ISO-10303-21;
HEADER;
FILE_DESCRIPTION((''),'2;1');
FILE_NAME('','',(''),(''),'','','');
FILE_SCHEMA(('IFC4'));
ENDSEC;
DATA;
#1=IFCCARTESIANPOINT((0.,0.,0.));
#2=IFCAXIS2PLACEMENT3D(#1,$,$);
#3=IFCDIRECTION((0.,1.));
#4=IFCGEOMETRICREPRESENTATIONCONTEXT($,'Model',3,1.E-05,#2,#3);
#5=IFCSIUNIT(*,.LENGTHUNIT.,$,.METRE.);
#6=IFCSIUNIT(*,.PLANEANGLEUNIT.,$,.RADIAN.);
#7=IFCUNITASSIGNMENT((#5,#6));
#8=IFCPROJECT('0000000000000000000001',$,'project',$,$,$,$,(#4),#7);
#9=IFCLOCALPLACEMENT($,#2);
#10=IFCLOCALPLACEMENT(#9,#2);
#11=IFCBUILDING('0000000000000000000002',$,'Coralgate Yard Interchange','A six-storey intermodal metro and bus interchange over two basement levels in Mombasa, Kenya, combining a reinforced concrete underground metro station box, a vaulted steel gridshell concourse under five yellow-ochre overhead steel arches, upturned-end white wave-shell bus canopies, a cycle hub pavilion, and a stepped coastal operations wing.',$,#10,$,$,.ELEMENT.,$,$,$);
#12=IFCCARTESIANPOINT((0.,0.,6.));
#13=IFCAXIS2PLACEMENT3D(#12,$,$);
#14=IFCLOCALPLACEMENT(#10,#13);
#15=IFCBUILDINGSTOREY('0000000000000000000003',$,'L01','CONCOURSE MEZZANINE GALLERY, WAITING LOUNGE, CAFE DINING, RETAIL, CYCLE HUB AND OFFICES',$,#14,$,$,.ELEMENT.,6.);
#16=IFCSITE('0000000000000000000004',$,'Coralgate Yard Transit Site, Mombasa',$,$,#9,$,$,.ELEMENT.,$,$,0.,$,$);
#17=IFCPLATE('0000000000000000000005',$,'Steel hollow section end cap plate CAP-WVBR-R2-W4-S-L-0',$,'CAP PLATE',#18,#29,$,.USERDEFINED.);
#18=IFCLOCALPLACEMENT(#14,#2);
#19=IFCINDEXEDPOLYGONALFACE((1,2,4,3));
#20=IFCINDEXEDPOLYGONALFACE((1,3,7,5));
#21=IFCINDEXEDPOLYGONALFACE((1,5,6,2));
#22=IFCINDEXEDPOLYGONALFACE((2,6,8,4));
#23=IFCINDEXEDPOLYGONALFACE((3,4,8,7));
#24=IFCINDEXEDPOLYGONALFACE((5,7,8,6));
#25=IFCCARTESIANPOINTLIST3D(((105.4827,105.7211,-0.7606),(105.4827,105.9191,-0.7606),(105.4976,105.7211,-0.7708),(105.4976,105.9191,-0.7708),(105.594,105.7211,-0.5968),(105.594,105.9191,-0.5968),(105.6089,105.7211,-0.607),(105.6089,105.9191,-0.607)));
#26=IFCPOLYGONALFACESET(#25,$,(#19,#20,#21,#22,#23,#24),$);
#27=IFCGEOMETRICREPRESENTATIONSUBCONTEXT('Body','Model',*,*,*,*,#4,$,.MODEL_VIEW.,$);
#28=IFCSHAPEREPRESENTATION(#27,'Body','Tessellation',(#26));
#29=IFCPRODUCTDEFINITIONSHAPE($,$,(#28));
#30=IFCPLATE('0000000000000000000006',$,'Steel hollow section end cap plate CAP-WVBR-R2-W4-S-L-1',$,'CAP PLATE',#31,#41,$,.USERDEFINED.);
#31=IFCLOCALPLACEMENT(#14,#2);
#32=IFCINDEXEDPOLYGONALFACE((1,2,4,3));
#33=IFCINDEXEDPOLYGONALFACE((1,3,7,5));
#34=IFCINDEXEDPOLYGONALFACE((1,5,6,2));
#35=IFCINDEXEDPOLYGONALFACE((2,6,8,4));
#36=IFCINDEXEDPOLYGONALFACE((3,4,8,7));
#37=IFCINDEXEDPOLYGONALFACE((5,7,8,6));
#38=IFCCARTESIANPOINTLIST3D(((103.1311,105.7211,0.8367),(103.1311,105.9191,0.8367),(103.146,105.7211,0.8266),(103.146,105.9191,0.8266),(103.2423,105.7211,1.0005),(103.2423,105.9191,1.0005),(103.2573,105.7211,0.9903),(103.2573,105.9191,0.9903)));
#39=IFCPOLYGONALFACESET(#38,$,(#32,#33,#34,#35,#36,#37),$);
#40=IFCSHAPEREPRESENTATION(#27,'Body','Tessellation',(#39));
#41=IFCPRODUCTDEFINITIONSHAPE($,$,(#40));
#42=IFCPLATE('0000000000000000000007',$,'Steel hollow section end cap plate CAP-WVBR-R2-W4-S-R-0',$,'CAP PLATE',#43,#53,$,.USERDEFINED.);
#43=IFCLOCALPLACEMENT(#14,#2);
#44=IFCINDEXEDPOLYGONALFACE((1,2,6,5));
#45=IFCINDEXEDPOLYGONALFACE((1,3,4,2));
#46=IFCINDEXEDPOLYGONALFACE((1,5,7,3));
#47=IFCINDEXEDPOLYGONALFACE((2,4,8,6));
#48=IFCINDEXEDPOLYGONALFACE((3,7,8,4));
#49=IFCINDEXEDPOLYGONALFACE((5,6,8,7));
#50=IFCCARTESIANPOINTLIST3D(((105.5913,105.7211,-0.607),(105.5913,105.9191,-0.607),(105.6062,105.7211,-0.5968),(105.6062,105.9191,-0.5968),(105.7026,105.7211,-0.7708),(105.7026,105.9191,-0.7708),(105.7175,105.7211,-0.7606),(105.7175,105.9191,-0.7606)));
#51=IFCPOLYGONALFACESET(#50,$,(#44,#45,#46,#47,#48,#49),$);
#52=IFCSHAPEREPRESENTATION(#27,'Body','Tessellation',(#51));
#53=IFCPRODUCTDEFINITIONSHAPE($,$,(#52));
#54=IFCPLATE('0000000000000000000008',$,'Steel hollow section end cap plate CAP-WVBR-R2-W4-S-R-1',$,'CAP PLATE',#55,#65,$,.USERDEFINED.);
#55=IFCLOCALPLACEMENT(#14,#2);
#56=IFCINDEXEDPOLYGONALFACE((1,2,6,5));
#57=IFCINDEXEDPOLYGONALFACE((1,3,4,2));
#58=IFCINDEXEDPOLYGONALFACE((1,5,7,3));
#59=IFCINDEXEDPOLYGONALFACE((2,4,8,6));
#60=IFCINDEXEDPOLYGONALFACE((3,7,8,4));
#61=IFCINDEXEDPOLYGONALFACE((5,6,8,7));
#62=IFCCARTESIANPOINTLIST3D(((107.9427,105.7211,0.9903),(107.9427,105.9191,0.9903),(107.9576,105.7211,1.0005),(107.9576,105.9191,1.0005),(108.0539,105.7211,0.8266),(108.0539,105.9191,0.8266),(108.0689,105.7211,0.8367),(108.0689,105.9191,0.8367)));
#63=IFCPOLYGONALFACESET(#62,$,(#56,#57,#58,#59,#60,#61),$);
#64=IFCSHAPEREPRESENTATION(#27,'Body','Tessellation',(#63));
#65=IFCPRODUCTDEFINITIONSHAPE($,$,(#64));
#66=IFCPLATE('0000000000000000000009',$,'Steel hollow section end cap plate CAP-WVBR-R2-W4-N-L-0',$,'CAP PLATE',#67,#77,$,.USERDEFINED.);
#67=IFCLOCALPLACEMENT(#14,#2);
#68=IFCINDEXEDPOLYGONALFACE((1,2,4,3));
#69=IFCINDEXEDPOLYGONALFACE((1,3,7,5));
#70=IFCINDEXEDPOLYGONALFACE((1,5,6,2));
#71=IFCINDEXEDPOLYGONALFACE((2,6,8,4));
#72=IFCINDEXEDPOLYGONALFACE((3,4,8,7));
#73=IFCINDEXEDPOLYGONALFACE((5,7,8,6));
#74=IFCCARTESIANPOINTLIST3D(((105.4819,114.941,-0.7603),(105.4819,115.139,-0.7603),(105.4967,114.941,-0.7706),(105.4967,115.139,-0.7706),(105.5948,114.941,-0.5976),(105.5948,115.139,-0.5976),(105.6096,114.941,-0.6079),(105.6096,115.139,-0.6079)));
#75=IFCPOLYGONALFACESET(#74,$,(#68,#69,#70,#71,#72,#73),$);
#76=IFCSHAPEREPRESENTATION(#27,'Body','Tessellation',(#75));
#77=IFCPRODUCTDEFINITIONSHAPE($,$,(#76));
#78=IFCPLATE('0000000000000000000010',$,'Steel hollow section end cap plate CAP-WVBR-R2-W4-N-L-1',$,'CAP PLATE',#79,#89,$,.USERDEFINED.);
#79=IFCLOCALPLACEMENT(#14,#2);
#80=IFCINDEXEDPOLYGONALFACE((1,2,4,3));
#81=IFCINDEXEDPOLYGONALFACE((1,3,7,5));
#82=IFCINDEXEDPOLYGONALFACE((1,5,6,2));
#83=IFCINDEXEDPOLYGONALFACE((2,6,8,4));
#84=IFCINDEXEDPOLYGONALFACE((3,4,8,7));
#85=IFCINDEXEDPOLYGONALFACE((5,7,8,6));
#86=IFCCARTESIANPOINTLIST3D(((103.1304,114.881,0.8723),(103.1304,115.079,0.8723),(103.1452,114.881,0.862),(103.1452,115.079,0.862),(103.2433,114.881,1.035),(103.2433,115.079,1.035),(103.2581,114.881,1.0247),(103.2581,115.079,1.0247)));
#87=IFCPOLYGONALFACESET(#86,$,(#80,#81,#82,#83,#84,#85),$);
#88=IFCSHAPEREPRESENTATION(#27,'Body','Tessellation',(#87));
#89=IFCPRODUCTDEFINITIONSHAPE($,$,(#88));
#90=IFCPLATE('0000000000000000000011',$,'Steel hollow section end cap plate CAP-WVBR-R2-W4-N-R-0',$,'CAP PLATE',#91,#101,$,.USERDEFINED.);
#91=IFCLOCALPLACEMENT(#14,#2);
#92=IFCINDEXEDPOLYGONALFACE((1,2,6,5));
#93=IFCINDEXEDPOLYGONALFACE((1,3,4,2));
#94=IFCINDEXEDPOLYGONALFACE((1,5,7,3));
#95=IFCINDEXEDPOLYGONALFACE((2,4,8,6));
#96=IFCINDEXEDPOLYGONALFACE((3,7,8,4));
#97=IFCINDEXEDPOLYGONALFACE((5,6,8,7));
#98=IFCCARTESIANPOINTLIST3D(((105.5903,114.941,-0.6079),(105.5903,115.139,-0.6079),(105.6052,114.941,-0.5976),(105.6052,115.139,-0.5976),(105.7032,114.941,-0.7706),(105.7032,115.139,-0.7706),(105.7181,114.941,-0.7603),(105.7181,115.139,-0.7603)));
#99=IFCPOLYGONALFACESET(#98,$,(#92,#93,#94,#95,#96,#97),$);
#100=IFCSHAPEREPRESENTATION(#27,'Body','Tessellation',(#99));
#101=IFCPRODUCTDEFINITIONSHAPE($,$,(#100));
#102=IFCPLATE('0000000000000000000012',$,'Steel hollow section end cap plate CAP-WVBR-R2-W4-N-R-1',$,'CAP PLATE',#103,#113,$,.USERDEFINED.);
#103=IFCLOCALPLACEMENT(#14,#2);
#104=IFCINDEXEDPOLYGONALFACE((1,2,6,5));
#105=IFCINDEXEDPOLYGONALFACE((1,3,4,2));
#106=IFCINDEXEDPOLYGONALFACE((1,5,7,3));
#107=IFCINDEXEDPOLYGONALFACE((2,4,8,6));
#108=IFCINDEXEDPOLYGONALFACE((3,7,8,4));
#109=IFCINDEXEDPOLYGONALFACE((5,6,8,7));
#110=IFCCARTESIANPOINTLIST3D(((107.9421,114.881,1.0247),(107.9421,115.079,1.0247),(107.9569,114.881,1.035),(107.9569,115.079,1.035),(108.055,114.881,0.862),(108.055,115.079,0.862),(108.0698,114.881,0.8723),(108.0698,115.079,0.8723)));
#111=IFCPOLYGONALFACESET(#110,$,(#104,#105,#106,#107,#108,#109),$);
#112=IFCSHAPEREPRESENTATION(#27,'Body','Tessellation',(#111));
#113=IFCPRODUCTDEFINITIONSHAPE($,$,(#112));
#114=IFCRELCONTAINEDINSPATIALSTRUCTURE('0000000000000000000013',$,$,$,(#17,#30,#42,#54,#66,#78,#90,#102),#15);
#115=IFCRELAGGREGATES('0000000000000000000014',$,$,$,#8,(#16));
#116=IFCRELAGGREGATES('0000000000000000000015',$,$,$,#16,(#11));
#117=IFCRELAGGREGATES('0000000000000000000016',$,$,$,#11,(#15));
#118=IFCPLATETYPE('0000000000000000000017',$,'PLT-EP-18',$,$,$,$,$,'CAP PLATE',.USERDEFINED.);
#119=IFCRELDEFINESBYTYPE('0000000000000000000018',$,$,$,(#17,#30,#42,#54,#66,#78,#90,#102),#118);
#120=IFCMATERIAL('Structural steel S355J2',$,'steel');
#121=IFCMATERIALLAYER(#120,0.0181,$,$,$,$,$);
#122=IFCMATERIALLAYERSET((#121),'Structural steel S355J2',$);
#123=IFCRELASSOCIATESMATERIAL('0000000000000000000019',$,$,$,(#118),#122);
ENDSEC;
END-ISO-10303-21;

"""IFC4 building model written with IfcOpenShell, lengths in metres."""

from ifc_helpers import new_model, si_unit, direction, frame, origin, origin_2d, place, context, subcontext, project, spatial, rectangle, extrude, material, layer, layer_set, type_object, element, save


model = new_model("IFC4")

# Units and contexts
model_context = context("Model", 3, precision=1e-05, world=origin(), true_north=direction((0.0, 1.0)))
body_context = subcontext(model_context, "Body", "Model", "MODEL_VIEW")
ifc_project = project(units=[si_unit("LENGTHUNIT", "METRE"), si_unit("PLANEANGLEUNIT", "RADIAN")], contexts=[model_context])

# Site, building, storey
site_placement = place(None, origin())
site = spatial("IfcSite", under=ifc_project, at=site_placement, Name="Coralgate Yard Transit Site, Mombasa", CompositionType="ELEMENT", RefElevation=0.0)
building_placement = place(site_placement, origin())
building = spatial("IfcBuilding", under=site, at=building_placement, Name="Coralgate Yard Interchange", Description="A six-storey intermodal metro and bus interchange over two basement levels in Mombasa, Kenya, combining a reinforced concrete underground metro station box, a vaulted steel gridshell concourse under five yellow-ochre overhead steel arches, upturned-end white wave-shell bus canopies, a cycle hub pavilion, and a stepped coastal operations wing.", CompositionType="ELEMENT")
storey_placement = place(building_placement, frame((0.0, 0.0, 6.0)))
storey = spatial("IfcBuildingStorey", under=building, at=storey_placement, Name="L01", Description="CONCOURSE MEZZANINE GALLERY, WAITING LOUNGE, CAFE DINING, RETAIL, CYCLE HUB AND OFFICES", CompositionType="ELEMENT", Elevation=6.0)

# Plates
ifc_material_1 = material(Name="Structural steel S355J2", Category="steel")
ifc_layer = layer(ifc_material_1, 0.0181)
ifc_layer_set = layer_set([ifc_layer], Name="Structural steel S355J2")
plate_type = type_object("IfcPlateType", Name="PLT-EP-18", ElementType="CAP PLATE", PredefinedType="USERDEFINED", material=ifc_layer_set)
for number, where, z_axis, x_axis, name in (
    (1, (105.5383, 105.8201, -0.6787), (0.827189, 0.0, -0.561923), (0.0, 1.0, 0.0), "Steel hollow section end cap plate CAP-WVBR-R2-W4-S-L-0"),
    (2, (103.2017, 105.8201, 0.9084), (-0.827189, 0.0, 0.561923), (0.0, -1.0, 0.0), "Steel hollow section end cap plate CAP-WVBR-R2-W4-S-L-1"),
    (3, (105.6619, 105.8201, -0.6787), (-0.827189, 0.0, -0.561923), (0.0, -1.0, 0.0), "Steel hollow section end cap plate CAP-WVBR-R2-W4-S-R-0"),
    (4, (107.9983, 105.8201, 0.9084), (0.827189, 0.0, 0.561923), (0.0, 1.0, 0.0), "Steel hollow section end cap plate CAP-WVBR-R2-W4-S-R-1"),
    (5, (105.5383, 115.04, -0.679), (0.821436, 0.0, -0.570301), (0.0, 1.0, 0.0), "Steel hollow section end cap plate CAP-WVBR-R2-W4-N-L-0"),
    (6, (103.2017, 114.98, 0.9434), (-0.821436, 0.0, 0.570301), (0.0, -1.0, 0.0), "Steel hollow section end cap plate CAP-WVBR-R2-W4-N-L-1"),
    (7, (105.6616, 115.04, -0.679), (-0.821436, 0.0, -0.570301), (0.0, -1.0, 0.0), "Steel hollow section end cap plate CAP-WVBR-R2-W4-N-R-0"),
    (8, (107.9985, 114.98, 0.9434), (0.821436, 0.0, 0.570301), (0.0, 1.0, 0.0), "Steel hollow section end cap plate CAP-WVBR-R2-W4-N-R-1"),
):
    element("IfcPlate", number, at=place(storey_placement, frame(where, z_axis=z_axis, x_axis=x_axis)), inside=storey, type_object=plate_type, Name=name, ObjectType="CAP PLATE", PredefinedType="USERDEFINED", context=body_context, shape_type="SweptSolid", body=[
        extrude(rectangle(XDim=0.198, YDim=0.198, at=origin_2d()), origin(), (0.0, 0.0, 1.0), 0.0181),
    ])

save(model, "model.ifc")
